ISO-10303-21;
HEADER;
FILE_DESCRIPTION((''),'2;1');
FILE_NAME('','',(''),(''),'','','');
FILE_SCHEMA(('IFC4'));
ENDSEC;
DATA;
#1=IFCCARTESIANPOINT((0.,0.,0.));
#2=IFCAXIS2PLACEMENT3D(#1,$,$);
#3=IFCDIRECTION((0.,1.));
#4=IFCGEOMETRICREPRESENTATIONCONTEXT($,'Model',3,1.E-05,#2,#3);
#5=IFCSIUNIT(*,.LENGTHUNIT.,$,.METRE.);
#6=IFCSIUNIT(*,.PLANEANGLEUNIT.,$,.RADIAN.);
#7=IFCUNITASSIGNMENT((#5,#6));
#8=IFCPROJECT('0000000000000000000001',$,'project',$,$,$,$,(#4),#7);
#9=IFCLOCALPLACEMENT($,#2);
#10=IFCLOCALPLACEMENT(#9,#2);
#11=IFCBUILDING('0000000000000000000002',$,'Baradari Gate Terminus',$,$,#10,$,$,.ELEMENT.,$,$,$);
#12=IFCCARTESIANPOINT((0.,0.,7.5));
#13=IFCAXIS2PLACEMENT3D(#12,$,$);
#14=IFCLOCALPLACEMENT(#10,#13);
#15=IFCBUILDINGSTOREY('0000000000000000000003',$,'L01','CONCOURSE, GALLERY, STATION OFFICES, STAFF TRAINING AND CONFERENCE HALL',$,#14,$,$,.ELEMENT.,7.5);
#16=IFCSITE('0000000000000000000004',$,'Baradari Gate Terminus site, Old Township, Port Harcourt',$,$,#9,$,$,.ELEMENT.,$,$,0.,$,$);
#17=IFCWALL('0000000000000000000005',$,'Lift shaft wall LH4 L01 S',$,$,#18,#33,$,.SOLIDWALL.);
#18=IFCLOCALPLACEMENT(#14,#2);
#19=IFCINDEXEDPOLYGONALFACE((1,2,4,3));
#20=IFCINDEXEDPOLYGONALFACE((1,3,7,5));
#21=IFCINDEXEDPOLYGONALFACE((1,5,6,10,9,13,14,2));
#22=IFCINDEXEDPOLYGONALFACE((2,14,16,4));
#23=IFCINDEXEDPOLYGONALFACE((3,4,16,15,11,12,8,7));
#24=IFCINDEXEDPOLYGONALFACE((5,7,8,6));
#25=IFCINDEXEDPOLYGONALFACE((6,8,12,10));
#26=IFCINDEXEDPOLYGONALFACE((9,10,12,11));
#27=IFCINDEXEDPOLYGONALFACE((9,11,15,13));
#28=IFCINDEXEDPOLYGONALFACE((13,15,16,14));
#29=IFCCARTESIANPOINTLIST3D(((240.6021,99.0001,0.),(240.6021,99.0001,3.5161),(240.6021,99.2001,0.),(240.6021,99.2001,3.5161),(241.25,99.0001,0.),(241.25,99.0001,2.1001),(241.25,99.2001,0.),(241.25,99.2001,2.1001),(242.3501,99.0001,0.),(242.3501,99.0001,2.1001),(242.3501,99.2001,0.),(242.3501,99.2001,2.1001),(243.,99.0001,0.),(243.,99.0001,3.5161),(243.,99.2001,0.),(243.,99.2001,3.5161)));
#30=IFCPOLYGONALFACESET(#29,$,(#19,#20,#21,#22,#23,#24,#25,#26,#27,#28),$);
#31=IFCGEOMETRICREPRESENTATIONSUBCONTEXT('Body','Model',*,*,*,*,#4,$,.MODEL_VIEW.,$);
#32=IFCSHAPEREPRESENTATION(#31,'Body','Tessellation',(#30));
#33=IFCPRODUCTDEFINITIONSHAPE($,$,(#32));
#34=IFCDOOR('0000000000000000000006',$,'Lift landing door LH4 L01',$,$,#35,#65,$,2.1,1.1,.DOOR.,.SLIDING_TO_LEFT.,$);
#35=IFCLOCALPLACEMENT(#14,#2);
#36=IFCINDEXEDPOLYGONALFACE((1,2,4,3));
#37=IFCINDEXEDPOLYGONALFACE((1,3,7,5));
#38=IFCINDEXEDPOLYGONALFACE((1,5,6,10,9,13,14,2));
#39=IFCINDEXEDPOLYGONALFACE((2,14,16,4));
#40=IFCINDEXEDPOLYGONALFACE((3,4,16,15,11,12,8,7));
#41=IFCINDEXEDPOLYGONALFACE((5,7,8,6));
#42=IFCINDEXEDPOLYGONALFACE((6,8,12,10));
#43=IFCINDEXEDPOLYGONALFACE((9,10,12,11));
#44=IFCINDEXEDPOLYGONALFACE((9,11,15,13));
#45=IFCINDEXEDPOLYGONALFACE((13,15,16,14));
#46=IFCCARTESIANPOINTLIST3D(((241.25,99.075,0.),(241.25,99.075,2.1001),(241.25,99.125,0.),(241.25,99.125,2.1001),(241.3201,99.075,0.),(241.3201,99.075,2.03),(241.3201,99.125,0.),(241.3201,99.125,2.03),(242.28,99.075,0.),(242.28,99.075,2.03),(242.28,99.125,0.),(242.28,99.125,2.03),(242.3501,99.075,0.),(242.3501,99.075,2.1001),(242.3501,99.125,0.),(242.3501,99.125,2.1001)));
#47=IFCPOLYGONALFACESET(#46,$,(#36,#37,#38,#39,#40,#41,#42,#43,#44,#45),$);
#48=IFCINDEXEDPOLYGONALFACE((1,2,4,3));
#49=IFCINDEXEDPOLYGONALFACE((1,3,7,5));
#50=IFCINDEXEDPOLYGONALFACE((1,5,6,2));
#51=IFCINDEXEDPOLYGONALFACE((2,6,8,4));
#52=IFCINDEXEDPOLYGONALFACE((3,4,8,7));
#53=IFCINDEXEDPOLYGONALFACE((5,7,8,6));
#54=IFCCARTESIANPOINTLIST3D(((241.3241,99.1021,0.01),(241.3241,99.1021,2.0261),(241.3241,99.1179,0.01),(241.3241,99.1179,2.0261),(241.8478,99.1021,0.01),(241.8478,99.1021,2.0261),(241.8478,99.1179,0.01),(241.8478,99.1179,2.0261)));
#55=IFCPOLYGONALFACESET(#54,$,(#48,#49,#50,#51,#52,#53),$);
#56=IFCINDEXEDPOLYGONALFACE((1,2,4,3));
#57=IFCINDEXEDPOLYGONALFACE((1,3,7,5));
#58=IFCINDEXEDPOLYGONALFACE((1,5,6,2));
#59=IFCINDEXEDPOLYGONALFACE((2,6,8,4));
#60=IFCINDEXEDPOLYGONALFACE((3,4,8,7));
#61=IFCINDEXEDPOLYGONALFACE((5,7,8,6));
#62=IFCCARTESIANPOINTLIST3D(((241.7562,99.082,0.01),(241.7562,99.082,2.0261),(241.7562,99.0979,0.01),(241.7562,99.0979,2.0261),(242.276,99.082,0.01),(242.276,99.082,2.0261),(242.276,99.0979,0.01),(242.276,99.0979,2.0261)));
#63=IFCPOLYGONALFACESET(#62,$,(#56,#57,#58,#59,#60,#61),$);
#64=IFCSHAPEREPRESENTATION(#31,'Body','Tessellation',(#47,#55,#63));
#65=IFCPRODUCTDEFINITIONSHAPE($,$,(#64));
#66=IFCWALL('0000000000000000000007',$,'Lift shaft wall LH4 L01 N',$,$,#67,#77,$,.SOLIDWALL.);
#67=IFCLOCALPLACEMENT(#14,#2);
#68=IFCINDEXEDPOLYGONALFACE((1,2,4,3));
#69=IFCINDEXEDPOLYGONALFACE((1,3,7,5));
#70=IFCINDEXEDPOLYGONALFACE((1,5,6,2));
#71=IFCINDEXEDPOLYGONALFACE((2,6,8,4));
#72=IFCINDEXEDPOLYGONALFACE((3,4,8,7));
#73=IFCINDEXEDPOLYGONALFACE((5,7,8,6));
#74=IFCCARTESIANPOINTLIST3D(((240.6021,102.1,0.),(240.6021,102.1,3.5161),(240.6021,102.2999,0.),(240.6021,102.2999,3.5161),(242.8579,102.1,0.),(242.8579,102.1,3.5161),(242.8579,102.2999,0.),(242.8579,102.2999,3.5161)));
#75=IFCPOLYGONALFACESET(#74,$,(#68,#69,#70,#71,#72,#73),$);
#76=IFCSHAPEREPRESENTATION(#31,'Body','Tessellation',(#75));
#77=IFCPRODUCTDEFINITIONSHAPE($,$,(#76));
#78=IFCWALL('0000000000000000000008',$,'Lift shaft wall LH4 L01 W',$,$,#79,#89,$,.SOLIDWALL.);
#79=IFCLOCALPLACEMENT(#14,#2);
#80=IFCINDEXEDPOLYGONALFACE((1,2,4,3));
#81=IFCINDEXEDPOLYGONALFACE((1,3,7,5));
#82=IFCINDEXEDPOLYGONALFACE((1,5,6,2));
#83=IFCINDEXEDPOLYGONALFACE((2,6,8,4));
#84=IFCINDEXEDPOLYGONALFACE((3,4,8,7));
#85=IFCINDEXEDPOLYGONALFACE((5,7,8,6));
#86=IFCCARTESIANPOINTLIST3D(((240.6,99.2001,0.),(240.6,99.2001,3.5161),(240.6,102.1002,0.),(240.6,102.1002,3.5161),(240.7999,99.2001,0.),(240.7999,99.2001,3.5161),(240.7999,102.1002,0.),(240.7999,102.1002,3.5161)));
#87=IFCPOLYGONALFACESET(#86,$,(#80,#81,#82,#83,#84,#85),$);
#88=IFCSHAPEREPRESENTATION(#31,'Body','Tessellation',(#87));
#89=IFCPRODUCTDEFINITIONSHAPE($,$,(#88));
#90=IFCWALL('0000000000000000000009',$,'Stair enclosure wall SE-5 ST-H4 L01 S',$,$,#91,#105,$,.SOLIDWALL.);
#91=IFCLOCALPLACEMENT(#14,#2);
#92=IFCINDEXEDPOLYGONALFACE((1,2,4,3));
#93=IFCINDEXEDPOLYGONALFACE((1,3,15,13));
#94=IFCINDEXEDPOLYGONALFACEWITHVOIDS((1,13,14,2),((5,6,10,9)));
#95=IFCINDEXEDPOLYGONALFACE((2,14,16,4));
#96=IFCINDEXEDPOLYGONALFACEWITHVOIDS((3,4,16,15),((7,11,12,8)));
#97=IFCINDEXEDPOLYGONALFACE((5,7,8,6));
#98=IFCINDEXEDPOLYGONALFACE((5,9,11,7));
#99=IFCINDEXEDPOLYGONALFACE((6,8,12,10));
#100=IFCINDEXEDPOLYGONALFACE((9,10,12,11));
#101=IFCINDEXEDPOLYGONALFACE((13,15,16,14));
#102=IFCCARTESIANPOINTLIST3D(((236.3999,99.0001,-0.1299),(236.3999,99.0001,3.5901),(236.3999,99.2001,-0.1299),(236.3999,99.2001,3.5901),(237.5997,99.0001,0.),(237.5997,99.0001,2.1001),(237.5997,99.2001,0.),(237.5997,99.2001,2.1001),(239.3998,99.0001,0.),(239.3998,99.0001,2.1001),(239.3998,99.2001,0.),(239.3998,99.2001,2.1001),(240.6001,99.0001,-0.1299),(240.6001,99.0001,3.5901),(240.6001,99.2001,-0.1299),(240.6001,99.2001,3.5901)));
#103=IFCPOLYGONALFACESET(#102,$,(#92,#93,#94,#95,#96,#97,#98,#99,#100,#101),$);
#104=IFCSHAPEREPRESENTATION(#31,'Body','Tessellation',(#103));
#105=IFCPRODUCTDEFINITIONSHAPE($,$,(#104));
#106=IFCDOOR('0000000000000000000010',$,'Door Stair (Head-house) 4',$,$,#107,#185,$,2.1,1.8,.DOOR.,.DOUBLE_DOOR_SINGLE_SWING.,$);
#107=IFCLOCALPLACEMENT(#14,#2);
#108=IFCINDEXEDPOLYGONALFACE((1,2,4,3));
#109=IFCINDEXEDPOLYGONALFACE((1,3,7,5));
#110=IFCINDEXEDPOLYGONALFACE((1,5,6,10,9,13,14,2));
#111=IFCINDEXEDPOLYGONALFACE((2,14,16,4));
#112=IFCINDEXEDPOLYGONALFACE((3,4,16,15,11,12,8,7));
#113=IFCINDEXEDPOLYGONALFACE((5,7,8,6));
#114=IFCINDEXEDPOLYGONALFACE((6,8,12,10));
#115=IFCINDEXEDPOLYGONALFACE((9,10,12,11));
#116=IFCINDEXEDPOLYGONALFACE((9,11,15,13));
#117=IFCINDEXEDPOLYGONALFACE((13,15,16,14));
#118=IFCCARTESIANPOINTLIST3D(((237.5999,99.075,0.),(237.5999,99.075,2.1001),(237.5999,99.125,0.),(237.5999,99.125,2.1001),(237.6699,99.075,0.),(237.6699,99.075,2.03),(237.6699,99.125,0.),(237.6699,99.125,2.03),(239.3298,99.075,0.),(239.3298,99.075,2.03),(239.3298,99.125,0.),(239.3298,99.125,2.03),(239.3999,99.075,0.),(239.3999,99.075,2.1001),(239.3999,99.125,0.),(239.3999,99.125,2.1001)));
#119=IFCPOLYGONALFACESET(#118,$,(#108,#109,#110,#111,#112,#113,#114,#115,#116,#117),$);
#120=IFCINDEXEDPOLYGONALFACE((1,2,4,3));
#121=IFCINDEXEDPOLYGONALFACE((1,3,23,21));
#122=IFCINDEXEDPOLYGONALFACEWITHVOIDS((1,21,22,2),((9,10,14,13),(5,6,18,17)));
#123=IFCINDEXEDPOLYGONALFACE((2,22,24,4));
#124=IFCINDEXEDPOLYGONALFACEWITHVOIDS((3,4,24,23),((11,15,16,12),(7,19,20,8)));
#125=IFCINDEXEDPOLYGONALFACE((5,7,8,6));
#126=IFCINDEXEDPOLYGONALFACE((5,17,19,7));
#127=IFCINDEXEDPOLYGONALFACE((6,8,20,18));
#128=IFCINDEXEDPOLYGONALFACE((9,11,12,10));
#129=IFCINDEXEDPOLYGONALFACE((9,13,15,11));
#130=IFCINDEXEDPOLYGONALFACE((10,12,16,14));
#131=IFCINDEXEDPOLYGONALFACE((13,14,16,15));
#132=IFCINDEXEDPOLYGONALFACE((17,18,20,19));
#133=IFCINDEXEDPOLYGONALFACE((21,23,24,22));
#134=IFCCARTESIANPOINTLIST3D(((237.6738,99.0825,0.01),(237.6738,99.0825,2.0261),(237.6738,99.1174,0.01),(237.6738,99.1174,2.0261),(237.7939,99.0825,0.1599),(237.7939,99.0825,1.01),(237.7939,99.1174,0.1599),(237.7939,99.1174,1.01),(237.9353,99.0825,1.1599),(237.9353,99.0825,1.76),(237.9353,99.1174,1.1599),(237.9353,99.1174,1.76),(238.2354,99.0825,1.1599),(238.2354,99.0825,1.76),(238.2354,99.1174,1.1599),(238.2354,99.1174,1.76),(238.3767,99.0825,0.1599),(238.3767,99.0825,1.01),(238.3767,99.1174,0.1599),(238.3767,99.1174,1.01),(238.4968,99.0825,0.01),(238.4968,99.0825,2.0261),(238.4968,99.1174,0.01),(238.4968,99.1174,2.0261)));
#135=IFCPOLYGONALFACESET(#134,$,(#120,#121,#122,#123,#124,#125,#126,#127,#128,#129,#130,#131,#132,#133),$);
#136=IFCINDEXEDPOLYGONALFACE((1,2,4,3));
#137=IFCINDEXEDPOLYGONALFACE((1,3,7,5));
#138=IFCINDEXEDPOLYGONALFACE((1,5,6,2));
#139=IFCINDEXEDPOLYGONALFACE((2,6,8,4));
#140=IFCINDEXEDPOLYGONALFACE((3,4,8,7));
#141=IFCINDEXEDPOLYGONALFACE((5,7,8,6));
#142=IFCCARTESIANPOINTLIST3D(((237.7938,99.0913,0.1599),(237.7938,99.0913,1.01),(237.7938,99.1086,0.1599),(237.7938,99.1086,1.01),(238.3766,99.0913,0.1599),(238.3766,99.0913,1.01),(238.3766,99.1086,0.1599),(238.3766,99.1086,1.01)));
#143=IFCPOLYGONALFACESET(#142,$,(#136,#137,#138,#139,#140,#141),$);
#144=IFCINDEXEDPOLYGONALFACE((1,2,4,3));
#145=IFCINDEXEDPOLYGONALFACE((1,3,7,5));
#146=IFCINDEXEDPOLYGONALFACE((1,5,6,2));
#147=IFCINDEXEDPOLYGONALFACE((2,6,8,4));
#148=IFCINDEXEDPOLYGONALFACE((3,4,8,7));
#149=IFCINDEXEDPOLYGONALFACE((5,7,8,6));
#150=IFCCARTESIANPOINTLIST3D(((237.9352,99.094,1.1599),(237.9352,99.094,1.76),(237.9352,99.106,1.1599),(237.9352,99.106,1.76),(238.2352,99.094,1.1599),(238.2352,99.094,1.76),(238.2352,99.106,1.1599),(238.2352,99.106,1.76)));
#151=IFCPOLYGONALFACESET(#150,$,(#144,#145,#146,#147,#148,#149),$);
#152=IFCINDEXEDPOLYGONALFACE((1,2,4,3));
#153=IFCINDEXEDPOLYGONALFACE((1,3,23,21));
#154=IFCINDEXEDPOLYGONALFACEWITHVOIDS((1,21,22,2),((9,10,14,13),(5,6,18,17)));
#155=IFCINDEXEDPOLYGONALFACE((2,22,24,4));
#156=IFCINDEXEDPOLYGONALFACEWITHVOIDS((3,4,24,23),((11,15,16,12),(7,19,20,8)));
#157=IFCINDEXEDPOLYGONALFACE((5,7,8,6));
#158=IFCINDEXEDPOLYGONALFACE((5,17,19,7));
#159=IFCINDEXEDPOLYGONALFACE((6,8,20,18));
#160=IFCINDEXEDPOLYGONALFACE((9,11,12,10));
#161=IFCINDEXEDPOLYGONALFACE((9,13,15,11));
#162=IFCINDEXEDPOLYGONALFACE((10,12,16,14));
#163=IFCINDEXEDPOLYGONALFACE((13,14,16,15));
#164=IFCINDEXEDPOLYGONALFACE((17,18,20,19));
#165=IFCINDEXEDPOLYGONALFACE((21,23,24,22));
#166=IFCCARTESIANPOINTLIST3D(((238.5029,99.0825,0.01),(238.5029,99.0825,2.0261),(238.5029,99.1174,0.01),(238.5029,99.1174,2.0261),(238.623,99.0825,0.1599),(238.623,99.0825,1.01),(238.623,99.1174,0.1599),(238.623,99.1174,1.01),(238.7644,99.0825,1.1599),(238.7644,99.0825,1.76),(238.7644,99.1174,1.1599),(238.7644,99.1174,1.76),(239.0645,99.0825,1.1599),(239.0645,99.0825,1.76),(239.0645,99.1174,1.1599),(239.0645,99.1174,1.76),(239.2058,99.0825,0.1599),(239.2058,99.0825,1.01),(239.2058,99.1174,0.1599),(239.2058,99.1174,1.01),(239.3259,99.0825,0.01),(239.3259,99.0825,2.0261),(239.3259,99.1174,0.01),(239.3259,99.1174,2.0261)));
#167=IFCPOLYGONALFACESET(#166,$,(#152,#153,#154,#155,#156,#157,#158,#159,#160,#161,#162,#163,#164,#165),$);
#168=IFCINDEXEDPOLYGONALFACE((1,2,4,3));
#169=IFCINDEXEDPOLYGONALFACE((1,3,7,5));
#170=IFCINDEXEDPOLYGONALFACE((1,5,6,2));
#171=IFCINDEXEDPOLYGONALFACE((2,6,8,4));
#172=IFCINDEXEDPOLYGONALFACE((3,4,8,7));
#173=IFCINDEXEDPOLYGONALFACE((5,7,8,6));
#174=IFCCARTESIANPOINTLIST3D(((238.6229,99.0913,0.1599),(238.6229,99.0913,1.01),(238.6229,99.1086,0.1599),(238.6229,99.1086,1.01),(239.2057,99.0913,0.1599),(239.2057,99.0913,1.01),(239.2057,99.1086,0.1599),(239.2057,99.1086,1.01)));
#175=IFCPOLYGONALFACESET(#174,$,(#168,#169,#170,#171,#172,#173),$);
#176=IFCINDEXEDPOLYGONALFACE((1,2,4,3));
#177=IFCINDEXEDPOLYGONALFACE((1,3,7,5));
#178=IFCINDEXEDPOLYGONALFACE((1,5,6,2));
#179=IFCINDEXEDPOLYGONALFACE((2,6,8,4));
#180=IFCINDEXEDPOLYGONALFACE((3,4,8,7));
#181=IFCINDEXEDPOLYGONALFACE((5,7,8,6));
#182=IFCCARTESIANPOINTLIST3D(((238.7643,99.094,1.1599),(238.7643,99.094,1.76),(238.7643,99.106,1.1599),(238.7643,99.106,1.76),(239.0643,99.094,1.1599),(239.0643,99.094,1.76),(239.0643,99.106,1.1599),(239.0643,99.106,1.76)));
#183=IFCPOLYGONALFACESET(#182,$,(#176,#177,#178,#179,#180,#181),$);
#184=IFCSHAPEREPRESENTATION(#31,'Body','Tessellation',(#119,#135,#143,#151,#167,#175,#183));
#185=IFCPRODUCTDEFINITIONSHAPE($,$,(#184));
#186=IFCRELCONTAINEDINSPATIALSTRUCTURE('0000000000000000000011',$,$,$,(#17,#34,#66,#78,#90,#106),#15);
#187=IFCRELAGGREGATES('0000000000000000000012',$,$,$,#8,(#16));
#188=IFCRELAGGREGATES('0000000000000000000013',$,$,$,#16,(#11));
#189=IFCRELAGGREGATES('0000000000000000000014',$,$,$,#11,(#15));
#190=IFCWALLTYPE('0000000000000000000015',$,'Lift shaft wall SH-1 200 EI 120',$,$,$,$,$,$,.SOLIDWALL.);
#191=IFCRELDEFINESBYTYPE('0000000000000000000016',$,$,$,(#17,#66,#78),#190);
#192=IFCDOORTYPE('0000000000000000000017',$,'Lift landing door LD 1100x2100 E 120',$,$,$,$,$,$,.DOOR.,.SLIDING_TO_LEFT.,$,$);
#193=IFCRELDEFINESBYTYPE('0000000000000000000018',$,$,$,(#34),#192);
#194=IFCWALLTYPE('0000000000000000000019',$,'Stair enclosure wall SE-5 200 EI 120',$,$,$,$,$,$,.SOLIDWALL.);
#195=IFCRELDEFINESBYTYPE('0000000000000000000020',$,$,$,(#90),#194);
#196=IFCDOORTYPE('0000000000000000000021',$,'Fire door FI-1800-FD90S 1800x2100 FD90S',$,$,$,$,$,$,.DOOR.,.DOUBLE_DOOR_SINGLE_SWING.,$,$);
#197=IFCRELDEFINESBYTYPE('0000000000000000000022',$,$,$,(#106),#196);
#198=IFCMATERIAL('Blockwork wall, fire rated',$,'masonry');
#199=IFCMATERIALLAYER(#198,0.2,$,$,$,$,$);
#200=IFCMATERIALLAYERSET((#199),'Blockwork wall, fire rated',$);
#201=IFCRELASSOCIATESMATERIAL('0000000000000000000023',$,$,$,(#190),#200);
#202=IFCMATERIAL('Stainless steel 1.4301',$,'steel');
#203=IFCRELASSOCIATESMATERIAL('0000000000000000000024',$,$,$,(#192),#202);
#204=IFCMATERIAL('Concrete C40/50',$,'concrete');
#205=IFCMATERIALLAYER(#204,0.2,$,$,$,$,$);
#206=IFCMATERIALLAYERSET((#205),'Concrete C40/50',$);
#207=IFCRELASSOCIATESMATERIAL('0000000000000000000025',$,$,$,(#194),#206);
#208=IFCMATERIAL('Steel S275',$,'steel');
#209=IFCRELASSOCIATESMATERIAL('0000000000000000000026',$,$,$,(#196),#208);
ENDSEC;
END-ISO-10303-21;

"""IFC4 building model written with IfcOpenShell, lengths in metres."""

from ifc_helpers import new_model, si_unit, direction, frame, frame_2d, origin, place, context, subcontext, project, spatial, polyline, rectangle, outline, extrude, material, layer, layer_set, type_object, element, fill, save


model = new_model("IFC4")

# Units and contexts
model_context = context("Model", 3, precision=1e-05, world=origin(), true_north=direction((0.0, 1.0)))
body_context = subcontext(model_context, "Body", "Model", "MODEL_VIEW")
ifc_project = project(units=[si_unit("LENGTHUNIT", "METRE"), si_unit("PLANEANGLEUNIT", "RADIAN")], contexts=[model_context])

# Site, building, storey
site_placement = place(None, origin())
site = spatial("IfcSite", under=ifc_project, at=site_placement, Name="Baradari Gate Terminus site, Old Township, Port Harcourt", CompositionType="ELEMENT", RefElevation=0.0)
building_placement = place(site_placement, origin())
building = spatial("IfcBuilding", under=site, at=building_placement, Name="Baradari Gate Terminus", CompositionType="ELEMENT")
storey_placement = place(building_placement, frame((0.0, 0.0, 7.5)))
storey = spatial("IfcBuildingStorey", under=building, at=storey_placement, Name="L01", Description="CONCOURSE, GALLERY, STATION OFFICES, STAFF TRAINING AND CONFERENCE HALL", CompositionType="ELEMENT", Elevation=7.5)

# Wall, opening, door
ifc_material_1 = material(Name="Blockwork wall, fire rated", Category="masonry")
ifc_layer_1 = layer(ifc_material_1, 0.2)
ifc_layer_set_1 = layer_set([ifc_layer_1], Name="Blockwork wall, fire rated")
wall_type_1 = type_object("IfcWallType", Name="Lift shaft wall SH-1 200 EI 120", PredefinedType="SOLIDWALL", material=ifc_layer_set_1)
wall_1_placement = place(storey_placement, frame((240.6021, 99.1001, 0.0), z_axis=(0.0, 0.0, 1.0), x_axis=(1.0, 0.0, 0.0)))
wall_1 = element("IfcWall", 1, at=wall_1_placement, inside=storey, type_object=wall_type_1, Name="Lift shaft wall LH4 L01 S", PredefinedType="SOLIDWALL", context=body_context, shape_type="SweptSolid", body=[
    extrude(rectangle(XDim=2.3979, YDim=0.2, at=frame_2d((1.199, 0.0))), origin(), (0.0, 0.0, 1.0), 3.5161),
])
opening_1_placement = place(wall_1_placement, frame((0.6479, 0.0, 0.0)))
opening_1 = element("IfcOpeningElement", 2, at=opening_1_placement, cuts=wall_1, PredefinedType="OPENING", context=body_context, shape_type="SweptSolid", body=[
    extrude(rectangle(XDim=1.1001, YDim=2.1001, at=frame_2d((0.55, 1.05))), frame((0.0, 0.1099, 0.0), z_axis=(0.0, -1.0, 0.0), x_axis=(1.0, 0.0, 0.0)), (0.0, 0.0, 1.0), 0.22),
])
ifc_material_2 = material(Name="Stainless steel 1.4301", Category="steel")
door_type_1 = type_object("IfcDoorType", Name="Lift landing door LD 1100x2100 E 120", OperationType="SLIDING_TO_LEFT", PredefinedType="DOOR", material=ifc_material_2)
door_1_placement = place(opening_1_placement, origin())
door_1 = element("IfcDoor", 3, at=door_1_placement, inside=storey, type_object=door_type_1, Name="Lift landing door LH4 L01", OperationType="SLIDING_TO_LEFT", OverallHeight=2.1, OverallWidth=1.1, PredefinedType="DOOR", context=body_context, shape_type="SweptSolid", body=[
    extrude(outline(polyline([(0.0, 0.0), (0.0701, 0.0), (0.0701, 2.03), (1.03, 2.03), (1.03, 0.0), (1.1001, 0.0), (1.1001, 2.1001), (0.0, 2.1001), (0.0, 0.0)])), frame((0.0, 0.0249, 0.0), z_axis=(0.0, -1.0, 0.0), x_axis=(1.0, 0.0, 0.0)), (0.0, 0.0, 1.0), 0.05),
    extrude(rectangle(XDim=0.5237, YDim=2.0161, at=frame_2d((0.3359, 1.0181))), frame((0.0, 0.0178, 0.0), z_axis=(0.0, -1.0, 0.0), x_axis=(1.0, 0.0, 0.0)), (0.0, 0.0, 1.0), 0.0159),
    extrude(rectangle(XDim=0.5198, YDim=2.0161, at=frame_2d((0.7661, 1.0181))), frame((0.0, -0.0022, 0.0), z_axis=(0.0, -1.0, 0.0), x_axis=(1.0, 0.0, 0.0)), (0.0, 0.0, 1.0), 0.0159),
])
fill(opening_1, door_1)

# Walls
wall_2_placement = place(storey_placement, frame((240.6021, 102.2, 0.0), z_axis=(0.0, 0.0, 1.0), x_axis=(1.0, 0.0, 0.0)))
element("IfcWall", 4, at=wall_2_placement, inside=storey, type_object=wall_type_1, Name="Lift shaft wall LH4 L01 N", PredefinedType="SOLIDWALL", context=body_context, shape_type="SweptSolid", body=[
    extrude(rectangle(XDim=2.2559, YDim=0.2, at=frame_2d((1.1279, 0.0))), origin(), (0.0, 0.0, 1.0), 3.5161),
])
wall_3_placement = place(storey_placement, frame((240.7, 99.2, 0.0), z_axis=(0.0, 0.0, 1.0), x_axis=(0.0, 1.0, 0.0)))
element("IfcWall", 5, at=wall_3_placement, inside=storey, type_object=wall_type_1, Name="Lift shaft wall LH4 L01 W", PredefinedType="SOLIDWALL", context=body_context, shape_type="SweptSolid", body=[
    extrude(rectangle(XDim=2.9001, YDim=0.2, at=frame_2d((1.4502, 0.0))), origin(), (0.0, 0.0, 1.0), 3.5161),
])

# Wall, opening, door
ifc_material_3 = material(Name="Concrete C40/50", Category="concrete")
ifc_layer_2 = layer(ifc_material_3, 0.2)
ifc_layer_set_2 = layer_set([ifc_layer_2], Name="Concrete C40/50")
wall_type_2 = type_object("IfcWallType", Name="Stair enclosure wall SE-5 200 EI 120", PredefinedType="SOLIDWALL", material=ifc_layer_set_2)
wall_4_placement = place(storey_placement, frame((236.3999, 99.1001, -0.1299), z_axis=(0.0, 0.0, 1.0), x_axis=(1.0, 0.0, 0.0)))
wall_4 = element("IfcWall", 6, at=wall_4_placement, inside=storey, type_object=wall_type_2, Name="Stair enclosure wall SE-5 ST-H4 L01 S", PredefinedType="SOLIDWALL", context=body_context, shape_type="SweptSolid", body=[
    extrude(rectangle(XDim=4.2002, YDim=0.2, at=frame_2d((2.1001, 0.0))), origin(), (0.0, 0.0, 1.0), 3.72),
])
opening_2_placement = place(wall_4_placement, frame((1.2, 0.0, 0.1299)))
opening_2 = element("IfcOpeningElement", 7, at=opening_2_placement, cuts=wall_4, PredefinedType="OPENING", context=body_context, shape_type="SweptSolid", body=[
    extrude(rectangle(XDim=1.8, YDim=2.1001, at=frame_2d((0.8999, 1.05))), frame((0.0, 0.1099, 0.0), z_axis=(0.0, -1.0, 0.0), x_axis=(1.0, 0.0, 0.0)), (0.0, 0.0, 1.0), 0.22),
])
ifc_material_4 = material(Name="Steel S275", Category="steel")
door_type_2 = type_object("IfcDoorType", Name="Fire door FI-1800-FD90S 1800x2100 FD90S", OperationType="DOUBLE_DOOR_SINGLE_SWING", PredefinedType="DOOR", material=ifc_material_4)
door_2_placement = place(opening_2_placement, origin())
door_2 = element("IfcDoor", 8, at=door_2_placement, inside=storey, type_object=door_type_2, Name="Door Stair (Head-house) 4", OperationType="DOUBLE_DOOR_SINGLE_SWING", OverallHeight=2.1, OverallWidth=1.8, PredefinedType="DOOR", context=body_context, shape_type="SweptSolid", body=[
    extrude(outline(polyline([(0.0, 0.0), (0.0701, 0.0), (0.0701, 2.03), (1.73, 2.03), (1.73, 0.0), (1.8, 0.0), (1.8, 2.1001), (0.0, 2.1001), (0.0, 0.0)])), frame((0.0, 0.0249, 0.0), z_axis=(0.0, -1.0, 0.0), x_axis=(1.0, 0.0, 0.0)), (0.0, 0.0, 1.0), 0.05),
    extrude(outline(polyline([(0.074, 0.01), (0.897, 0.01), (0.897, 2.0261), (0.074, 2.0261), (0.074, 0.01)]), holes=[polyline([(0.1941, 0.1599), (0.7769, 0.1599), (0.7769, 1.01), (0.1941, 1.01), (0.1941, 0.1599)]), polyline([(0.3354, 1.1599), (0.6355, 1.1599), (0.6355, 1.76), (0.3354, 1.76), (0.3354, 1.1599)])]), frame((0.0, 0.0173, 0.0), z_axis=(0.0, -1.0, 0.0), x_axis=(1.0, 0.0, 0.0)), (0.0, 0.0, 1.0), 0.0349),
    extrude(rectangle(XDim=0.5828, YDim=0.8501, at=frame_2d((0.4854, 0.585))), frame((0.0, 0.0085, 0.0), z_axis=(0.0, -1.0, 0.0), x_axis=(1.0, 0.0, 0.0)), (0.0, 0.0, 1.0), 0.0173),
    extrude(rectangle(XDim=0.3, YDim=0.6001, at=frame_2d((0.4854, 1.46))), frame((0.0, 0.0059, 0.0), z_axis=(0.0, -1.0, 0.0), x_axis=(1.0, 0.0, 0.0)), (0.0, 0.0, 1.0), 0.012),
    extrude(outline(polyline([(0.9031, 0.01), (1.7261, 0.01), (1.7261, 2.0261), (0.9031, 2.0261), (0.9031, 0.01)]), holes=[polyline([(1.0232, 0.1599), (1.606, 0.1599), (1.606, 1.01), (1.0232, 1.01), (1.0232, 0.1599)]), polyline([(1.1646, 1.1599), (1.4646, 1.1599), (1.4646, 1.76), (1.1646, 1.76), (1.1646, 1.1599)])]), frame((0.0, 0.0173, 0.0), z_axis=(0.0, -1.0, 0.0), x_axis=(1.0, 0.0, 0.0)), (0.0, 0.0, 1.0), 0.0349),
    extrude(rectangle(XDim=0.5828, YDim=0.8501, at=frame_2d((1.3145, 0.585))), frame((0.0, 0.0085, 0.0), z_axis=(0.0, -1.0, 0.0), x_axis=(1.0, 0.0, 0.0)), (0.0, 0.0, 1.0), 0.0173),
    extrude(rectangle(XDim=0.3, YDim=0.6001, at=frame_2d((1.3145, 1.46))), frame((0.0, 0.0059, 0.0), z_axis=(0.0, -1.0, 0.0), x_axis=(1.0, 0.0, 0.0)), (0.0, 0.0, 1.0), 0.012),
])
fill(opening_2, door_2)

save(model, "model.ifc")
